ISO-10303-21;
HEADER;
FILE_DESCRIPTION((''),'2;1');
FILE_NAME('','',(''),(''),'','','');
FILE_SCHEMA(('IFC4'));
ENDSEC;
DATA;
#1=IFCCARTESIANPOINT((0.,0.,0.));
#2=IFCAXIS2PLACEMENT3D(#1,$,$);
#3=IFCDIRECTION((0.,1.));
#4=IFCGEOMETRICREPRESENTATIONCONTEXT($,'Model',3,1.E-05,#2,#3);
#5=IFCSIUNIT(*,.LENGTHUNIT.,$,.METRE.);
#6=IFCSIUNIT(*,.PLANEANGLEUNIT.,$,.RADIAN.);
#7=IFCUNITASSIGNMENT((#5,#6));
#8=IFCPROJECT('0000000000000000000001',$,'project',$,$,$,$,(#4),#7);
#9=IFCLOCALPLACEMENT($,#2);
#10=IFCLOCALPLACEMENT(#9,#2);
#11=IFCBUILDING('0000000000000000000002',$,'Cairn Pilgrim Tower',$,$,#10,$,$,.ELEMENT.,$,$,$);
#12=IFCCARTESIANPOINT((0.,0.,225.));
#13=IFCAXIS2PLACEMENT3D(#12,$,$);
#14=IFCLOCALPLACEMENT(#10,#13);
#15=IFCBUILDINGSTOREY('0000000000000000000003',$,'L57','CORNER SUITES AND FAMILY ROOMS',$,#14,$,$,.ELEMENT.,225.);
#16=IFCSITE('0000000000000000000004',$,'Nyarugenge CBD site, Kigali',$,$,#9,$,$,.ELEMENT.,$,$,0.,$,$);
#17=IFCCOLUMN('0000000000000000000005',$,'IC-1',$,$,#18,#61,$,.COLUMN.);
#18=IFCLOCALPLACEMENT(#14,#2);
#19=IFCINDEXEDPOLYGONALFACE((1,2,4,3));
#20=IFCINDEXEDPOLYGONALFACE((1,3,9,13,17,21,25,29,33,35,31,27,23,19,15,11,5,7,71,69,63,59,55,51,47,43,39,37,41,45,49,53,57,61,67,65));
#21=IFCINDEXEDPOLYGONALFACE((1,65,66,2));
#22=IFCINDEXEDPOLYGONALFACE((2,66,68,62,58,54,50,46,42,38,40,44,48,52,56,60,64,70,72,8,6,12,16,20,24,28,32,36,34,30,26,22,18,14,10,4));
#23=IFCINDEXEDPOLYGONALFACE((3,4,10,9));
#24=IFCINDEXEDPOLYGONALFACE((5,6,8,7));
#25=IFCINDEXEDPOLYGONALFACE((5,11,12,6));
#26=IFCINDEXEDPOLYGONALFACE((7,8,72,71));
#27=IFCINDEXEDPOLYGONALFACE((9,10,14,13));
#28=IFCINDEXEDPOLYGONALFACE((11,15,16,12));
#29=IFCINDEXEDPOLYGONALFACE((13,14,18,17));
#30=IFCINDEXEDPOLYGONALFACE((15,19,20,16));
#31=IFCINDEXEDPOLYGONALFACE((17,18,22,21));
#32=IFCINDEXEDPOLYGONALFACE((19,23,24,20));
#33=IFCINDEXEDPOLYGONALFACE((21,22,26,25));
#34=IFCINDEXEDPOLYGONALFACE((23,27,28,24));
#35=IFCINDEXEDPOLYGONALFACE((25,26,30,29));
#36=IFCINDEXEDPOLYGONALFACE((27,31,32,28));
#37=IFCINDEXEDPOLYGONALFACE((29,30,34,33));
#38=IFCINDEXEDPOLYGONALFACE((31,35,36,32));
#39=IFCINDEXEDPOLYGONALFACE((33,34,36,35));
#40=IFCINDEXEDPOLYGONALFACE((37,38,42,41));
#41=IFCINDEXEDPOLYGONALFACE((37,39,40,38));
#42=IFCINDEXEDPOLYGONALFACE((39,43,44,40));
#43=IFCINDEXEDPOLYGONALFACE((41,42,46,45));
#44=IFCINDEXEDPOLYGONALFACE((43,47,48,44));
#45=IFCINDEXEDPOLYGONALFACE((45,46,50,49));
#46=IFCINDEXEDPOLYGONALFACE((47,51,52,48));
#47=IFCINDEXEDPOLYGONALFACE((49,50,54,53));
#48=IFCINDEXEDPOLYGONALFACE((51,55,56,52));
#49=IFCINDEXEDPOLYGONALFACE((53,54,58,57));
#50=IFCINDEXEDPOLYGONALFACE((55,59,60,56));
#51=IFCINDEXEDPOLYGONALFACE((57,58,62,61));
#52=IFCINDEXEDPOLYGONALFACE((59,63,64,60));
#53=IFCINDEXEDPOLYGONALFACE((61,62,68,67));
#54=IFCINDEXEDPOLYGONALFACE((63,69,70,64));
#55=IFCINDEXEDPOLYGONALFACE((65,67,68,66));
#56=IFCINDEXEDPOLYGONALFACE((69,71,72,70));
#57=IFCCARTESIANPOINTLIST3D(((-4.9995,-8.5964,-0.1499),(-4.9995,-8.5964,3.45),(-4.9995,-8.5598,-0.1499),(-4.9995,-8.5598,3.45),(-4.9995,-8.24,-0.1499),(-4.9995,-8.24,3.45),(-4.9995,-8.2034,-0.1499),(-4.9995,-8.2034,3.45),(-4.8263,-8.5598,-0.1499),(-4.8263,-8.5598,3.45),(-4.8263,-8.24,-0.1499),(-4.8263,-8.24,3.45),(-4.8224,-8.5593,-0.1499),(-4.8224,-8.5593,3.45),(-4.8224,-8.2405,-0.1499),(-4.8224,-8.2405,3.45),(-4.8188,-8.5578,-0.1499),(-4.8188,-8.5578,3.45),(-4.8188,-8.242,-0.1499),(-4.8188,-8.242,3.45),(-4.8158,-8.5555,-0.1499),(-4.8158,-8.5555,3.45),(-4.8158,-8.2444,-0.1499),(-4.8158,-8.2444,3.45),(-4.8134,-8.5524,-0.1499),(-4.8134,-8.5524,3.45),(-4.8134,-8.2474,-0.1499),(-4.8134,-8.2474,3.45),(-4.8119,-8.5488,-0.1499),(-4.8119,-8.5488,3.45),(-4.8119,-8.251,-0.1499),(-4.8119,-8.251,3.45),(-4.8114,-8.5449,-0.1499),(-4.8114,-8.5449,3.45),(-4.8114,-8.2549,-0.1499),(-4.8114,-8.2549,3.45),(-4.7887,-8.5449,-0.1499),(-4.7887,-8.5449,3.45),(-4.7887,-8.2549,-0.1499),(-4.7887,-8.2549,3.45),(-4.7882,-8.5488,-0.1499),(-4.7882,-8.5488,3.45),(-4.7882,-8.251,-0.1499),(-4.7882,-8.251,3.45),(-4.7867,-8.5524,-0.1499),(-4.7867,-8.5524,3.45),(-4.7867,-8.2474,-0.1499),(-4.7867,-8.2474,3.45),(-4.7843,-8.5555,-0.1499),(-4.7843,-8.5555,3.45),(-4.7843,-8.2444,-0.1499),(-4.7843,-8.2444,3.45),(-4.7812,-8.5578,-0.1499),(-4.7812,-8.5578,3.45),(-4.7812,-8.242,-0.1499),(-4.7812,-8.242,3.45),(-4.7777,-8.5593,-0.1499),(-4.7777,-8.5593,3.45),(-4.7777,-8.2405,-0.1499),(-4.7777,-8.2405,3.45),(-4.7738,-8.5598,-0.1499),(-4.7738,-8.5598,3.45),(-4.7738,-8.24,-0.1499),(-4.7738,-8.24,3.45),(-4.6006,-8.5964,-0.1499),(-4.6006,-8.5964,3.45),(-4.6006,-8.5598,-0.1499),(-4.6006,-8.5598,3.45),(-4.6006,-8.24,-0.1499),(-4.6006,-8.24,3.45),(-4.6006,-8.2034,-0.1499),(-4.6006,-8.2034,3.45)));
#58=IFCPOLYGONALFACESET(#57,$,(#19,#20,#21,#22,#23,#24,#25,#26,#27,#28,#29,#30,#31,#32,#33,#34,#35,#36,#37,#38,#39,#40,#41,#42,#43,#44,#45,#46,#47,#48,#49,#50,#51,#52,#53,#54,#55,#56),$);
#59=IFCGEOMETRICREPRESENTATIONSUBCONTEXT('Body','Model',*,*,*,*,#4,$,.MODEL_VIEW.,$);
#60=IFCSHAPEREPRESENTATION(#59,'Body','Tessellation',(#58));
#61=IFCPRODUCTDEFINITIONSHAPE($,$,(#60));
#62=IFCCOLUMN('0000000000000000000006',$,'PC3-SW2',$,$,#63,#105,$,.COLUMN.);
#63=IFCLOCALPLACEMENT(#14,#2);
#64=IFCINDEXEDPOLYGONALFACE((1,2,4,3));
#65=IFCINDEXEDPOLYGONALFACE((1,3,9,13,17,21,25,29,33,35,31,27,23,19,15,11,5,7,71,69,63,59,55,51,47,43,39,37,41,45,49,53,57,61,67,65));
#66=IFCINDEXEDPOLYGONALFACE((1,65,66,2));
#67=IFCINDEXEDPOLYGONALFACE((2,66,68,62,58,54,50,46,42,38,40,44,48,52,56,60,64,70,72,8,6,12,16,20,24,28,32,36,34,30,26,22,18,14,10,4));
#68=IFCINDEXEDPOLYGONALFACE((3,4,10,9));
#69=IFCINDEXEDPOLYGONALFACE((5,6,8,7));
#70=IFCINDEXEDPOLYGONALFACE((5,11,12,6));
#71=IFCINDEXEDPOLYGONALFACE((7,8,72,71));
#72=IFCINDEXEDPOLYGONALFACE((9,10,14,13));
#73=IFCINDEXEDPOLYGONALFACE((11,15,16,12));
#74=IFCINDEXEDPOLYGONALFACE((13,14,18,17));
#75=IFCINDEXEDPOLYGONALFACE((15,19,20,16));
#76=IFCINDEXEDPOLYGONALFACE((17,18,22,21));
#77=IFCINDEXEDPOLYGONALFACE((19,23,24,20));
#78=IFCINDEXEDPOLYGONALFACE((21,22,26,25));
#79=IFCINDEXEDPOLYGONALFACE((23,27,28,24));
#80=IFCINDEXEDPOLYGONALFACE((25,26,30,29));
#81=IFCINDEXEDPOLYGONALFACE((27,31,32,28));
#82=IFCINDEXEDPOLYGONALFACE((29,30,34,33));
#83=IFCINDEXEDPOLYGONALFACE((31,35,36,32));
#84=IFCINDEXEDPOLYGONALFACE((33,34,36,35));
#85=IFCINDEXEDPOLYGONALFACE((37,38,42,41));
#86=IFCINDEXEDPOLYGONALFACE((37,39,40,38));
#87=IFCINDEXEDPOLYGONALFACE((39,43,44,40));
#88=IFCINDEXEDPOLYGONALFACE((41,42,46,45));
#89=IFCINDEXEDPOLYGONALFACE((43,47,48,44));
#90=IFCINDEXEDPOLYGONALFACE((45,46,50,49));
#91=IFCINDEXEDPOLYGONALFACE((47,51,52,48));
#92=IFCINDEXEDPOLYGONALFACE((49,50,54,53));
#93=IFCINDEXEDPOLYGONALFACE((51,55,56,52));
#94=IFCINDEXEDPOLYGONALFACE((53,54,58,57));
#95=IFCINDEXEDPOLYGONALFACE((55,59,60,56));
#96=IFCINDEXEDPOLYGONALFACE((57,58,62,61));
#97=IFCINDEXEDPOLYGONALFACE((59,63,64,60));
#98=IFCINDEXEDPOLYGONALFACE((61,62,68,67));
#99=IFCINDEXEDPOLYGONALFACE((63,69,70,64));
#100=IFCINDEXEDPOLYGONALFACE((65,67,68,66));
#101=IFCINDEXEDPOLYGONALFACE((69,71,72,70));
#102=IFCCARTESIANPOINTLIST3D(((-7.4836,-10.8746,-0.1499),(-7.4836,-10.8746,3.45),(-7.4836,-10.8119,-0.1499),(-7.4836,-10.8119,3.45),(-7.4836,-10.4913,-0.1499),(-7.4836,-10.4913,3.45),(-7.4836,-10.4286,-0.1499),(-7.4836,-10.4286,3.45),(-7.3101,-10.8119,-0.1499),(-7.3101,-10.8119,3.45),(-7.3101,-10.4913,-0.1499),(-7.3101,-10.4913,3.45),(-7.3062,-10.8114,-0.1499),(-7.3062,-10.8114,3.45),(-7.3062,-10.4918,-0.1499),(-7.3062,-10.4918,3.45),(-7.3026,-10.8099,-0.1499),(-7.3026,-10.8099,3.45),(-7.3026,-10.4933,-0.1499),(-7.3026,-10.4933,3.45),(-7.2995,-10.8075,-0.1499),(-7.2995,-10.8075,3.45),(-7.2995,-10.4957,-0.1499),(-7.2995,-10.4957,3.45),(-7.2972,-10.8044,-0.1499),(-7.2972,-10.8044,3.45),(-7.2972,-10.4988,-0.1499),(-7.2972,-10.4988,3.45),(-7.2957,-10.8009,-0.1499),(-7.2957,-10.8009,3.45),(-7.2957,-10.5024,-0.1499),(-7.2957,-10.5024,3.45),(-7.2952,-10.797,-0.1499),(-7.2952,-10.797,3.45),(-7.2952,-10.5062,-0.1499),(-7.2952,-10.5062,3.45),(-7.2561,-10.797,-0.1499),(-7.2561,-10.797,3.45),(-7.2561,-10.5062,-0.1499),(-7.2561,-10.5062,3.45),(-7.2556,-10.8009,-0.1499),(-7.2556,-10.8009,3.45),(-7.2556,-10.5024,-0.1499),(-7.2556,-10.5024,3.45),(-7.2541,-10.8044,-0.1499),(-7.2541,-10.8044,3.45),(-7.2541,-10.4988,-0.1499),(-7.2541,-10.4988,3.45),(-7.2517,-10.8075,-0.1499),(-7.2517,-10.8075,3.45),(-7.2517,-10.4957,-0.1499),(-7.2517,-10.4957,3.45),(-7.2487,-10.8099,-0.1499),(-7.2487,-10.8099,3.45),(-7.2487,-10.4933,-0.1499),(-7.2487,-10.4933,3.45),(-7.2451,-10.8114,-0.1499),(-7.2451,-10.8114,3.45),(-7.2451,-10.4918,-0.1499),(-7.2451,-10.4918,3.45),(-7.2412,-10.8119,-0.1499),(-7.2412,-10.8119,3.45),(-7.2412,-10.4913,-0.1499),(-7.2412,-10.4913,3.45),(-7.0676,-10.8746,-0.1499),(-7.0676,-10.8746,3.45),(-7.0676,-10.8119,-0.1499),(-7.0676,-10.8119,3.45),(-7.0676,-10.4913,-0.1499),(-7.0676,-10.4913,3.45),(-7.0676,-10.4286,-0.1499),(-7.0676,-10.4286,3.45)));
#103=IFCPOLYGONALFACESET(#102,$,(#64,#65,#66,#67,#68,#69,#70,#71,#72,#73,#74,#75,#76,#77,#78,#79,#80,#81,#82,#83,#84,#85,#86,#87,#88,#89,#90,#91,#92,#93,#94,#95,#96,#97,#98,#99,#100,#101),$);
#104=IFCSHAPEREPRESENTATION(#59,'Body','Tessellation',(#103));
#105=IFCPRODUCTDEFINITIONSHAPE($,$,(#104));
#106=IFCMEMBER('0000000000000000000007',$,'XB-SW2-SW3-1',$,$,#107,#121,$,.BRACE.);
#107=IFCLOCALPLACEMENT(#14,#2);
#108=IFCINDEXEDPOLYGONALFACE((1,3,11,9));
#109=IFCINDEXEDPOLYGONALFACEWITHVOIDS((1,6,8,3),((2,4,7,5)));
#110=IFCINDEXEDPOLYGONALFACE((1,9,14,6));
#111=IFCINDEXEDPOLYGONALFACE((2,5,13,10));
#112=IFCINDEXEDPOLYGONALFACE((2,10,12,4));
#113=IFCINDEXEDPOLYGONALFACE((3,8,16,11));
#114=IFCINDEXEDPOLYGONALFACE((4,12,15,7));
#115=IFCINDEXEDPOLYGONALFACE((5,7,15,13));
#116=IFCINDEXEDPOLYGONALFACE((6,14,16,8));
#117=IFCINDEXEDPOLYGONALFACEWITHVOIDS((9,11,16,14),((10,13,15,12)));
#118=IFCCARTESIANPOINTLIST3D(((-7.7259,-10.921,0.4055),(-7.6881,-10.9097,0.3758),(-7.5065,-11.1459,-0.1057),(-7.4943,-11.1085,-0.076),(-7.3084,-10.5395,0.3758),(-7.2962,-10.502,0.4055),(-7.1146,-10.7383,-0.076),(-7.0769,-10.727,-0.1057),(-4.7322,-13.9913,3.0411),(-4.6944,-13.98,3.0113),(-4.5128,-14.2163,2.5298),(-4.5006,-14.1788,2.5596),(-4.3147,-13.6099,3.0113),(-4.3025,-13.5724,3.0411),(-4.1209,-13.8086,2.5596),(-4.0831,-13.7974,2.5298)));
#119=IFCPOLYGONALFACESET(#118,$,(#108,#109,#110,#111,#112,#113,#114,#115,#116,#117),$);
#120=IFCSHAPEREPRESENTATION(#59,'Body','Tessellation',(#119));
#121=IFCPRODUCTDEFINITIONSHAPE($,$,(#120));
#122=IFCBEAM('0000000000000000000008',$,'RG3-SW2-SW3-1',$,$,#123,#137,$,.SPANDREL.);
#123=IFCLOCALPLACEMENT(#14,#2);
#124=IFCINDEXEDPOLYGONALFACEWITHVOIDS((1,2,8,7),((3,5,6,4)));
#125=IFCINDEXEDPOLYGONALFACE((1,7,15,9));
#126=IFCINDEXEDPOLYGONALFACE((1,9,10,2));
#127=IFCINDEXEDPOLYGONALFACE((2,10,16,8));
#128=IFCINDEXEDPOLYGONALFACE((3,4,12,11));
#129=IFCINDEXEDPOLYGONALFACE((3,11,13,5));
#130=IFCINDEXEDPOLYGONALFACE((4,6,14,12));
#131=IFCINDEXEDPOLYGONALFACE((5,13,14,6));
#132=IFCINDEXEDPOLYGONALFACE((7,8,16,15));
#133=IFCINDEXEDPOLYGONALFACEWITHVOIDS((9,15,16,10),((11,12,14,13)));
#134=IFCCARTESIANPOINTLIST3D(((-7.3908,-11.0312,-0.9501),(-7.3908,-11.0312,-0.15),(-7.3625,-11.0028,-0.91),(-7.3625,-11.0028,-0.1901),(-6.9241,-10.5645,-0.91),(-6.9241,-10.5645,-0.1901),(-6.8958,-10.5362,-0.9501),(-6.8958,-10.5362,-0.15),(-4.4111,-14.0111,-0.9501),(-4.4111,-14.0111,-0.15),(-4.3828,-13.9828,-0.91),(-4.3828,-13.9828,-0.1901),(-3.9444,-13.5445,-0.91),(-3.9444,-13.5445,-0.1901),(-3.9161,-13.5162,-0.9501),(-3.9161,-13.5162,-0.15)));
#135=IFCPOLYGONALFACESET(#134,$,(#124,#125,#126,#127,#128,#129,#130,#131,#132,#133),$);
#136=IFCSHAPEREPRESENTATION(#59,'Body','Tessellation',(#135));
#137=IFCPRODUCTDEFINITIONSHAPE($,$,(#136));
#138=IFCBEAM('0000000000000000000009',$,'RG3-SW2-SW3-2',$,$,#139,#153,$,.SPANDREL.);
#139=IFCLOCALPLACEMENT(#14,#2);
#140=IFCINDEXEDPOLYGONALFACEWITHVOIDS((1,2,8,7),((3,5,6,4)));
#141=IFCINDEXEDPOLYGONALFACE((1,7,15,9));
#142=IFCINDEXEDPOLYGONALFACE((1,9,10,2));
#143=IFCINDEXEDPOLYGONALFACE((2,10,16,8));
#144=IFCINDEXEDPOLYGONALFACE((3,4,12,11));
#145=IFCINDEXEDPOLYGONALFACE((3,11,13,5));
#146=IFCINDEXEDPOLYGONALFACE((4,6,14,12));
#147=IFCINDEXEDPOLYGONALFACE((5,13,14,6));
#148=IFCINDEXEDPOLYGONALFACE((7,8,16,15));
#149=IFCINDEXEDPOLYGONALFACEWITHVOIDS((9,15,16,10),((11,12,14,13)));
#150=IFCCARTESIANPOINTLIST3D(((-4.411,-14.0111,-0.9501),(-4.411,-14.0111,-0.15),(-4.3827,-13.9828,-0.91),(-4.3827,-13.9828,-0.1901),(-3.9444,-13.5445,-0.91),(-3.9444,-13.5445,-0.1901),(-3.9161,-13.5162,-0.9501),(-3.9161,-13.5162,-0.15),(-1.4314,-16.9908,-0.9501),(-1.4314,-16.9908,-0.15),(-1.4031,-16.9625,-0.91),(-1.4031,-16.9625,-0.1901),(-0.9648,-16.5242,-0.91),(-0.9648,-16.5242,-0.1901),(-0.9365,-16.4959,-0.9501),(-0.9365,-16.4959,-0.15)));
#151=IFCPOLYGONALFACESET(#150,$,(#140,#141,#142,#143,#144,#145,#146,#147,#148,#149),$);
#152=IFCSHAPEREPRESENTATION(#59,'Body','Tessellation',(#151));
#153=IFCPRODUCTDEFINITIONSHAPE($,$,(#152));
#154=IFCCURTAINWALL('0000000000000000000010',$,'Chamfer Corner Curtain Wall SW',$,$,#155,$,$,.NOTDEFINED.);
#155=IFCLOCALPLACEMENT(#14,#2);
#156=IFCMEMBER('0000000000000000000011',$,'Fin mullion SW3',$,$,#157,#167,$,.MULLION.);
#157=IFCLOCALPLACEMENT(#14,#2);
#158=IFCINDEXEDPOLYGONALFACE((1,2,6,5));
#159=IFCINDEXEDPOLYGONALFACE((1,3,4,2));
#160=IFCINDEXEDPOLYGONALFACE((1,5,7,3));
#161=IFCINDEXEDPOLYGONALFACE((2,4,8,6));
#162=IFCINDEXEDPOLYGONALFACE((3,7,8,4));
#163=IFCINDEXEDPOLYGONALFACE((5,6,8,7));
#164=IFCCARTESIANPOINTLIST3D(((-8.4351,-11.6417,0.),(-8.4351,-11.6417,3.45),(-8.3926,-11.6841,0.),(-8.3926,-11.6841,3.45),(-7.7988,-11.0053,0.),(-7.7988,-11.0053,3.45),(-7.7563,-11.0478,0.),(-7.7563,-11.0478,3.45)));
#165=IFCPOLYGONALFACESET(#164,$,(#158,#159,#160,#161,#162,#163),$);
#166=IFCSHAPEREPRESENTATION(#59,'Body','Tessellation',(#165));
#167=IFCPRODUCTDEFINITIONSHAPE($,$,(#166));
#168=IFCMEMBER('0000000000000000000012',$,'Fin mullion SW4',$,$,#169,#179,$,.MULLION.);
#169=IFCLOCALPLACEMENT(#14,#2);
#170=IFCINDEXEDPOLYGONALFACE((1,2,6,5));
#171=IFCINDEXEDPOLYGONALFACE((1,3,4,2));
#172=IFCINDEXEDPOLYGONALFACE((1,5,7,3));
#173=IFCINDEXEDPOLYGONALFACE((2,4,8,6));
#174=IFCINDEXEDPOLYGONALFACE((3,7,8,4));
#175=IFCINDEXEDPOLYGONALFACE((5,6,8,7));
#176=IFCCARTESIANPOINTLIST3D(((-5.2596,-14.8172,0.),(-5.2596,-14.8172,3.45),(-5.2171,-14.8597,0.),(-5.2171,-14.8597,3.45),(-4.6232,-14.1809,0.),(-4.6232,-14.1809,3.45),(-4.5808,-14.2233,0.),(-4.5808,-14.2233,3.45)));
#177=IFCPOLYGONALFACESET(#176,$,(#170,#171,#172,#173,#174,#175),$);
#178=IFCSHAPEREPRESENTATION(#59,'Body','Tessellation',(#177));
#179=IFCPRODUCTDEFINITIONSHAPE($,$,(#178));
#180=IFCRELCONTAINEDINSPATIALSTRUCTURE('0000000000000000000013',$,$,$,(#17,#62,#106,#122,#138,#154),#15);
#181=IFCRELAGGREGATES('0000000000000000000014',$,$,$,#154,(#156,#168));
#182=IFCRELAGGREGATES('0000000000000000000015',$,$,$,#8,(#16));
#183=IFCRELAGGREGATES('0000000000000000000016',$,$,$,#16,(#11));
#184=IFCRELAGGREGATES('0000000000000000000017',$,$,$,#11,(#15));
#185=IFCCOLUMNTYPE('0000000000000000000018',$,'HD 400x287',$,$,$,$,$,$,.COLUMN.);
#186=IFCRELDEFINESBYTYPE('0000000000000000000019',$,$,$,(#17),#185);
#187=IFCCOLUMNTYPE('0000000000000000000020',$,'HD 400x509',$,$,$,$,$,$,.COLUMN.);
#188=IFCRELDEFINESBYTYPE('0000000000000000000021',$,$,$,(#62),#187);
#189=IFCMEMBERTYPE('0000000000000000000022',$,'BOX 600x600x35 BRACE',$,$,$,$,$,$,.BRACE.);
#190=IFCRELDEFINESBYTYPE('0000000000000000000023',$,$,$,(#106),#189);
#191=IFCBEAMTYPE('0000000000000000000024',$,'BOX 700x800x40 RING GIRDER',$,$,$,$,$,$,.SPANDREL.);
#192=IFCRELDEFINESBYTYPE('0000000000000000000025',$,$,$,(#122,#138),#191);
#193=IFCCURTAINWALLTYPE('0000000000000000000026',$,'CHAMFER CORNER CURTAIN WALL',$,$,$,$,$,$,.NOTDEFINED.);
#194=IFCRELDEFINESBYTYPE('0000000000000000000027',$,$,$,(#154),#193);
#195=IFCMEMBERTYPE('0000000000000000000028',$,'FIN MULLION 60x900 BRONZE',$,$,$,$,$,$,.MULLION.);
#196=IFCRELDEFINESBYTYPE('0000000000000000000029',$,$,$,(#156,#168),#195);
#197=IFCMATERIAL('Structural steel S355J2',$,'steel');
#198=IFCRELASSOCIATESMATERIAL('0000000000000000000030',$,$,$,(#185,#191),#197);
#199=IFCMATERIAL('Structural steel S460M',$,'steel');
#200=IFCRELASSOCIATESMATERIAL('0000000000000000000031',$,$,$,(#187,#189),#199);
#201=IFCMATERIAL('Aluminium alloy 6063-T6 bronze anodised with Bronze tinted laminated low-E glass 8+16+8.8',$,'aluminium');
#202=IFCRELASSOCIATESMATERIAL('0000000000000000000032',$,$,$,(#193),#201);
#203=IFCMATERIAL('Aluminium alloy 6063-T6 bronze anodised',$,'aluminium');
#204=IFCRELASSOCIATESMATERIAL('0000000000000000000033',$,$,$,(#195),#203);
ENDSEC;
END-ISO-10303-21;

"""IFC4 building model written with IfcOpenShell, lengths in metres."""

from ifc_helpers import new_model, si_unit, direction, frame, origin, origin_2d, place, context, subcontext, project, spatial, rectangle, hollow_rectangle, i_section, extrude, material, material_profile, profile_set, type_object, element, aggregate, save


model = new_model("IFC4")

# Units and contexts
model_context = context("Model", 3, precision=1e-05, world=origin(), true_north=direction((0.0, 1.0)))
body_context = subcontext(model_context, "Body", "Model", "MODEL_VIEW")
ifc_project = project(units=[si_unit("LENGTHUNIT", "METRE"), si_unit("PLANEANGLEUNIT", "RADIAN")], contexts=[model_context])

# Site, building, storey
site_placement = place(None, origin())
site = spatial("IfcSite", under=ifc_project, at=site_placement, Name="Nyarugenge CBD site, Kigali", CompositionType="ELEMENT", RefElevation=0.0)
building_placement = place(site_placement, origin())
building = spatial("IfcBuilding", under=site, at=building_placement, Name="Cairn Pilgrim Tower", CompositionType="ELEMENT")
storey_placement = place(building_placement, frame((0.0, 0.0, 225.0)))
storey = spatial("IfcBuildingStorey", under=building, at=storey_placement, Name="L57", Description="CORNER SUITES AND FAMILY ROOMS", CompositionType="ELEMENT", Elevation=225.0)

# Columns
ifc_material_1 = material(Name="Structural steel S355J2", Category="steel")
ifc_material_profile_1 = material_profile(ifc_material_1, i_section(OverallWidth=0.3989, OverallDepth=0.3931, WebThickness=0.0227, FlangeThickness=0.0366, FilletRadius=0.0149, at=origin_2d()), Name="HD 400x287")
ifc_profile_set_1 = profile_set([ifc_material_profile_1], Name="Structural steel S355J2")
column_type_1 = type_object("IfcColumnType", Name="HD 400x287", PredefinedType="COLUMN", material=ifc_profile_set_1)
column_1_placement = place(storey_placement, frame((-4.8, -8.3999, -0.1499), z_axis=(0.0, 0.0, 1.0), x_axis=(1.0, 0.0, 0.0)))
element("IfcColumn", 1, at=column_1_placement, inside=storey, type_object=column_type_1, Name="IC-1", PredefinedType="COLUMN", context=body_context, shape_type="SweptSolid", body=[
    extrude(i_section(OverallWidth=0.3989, OverallDepth=0.3931, WebThickness=0.0227, FlangeThickness=0.0366, FilletRadius=0.0149, at=origin_2d()), origin(), (0.0, 0.0, 1.0), 3.5999),
])
ifc_material_2 = material(Name="Structural steel S460M", Category="steel")
ifc_material_profile_2 = material_profile(ifc_material_2, i_section(OverallWidth=0.416, OverallDepth=0.446, WebThickness=0.0391, FlangeThickness=0.0627, FilletRadius=0.0149, at=origin_2d()), Name="HD 400x509")
ifc_profile_set_2 = profile_set([ifc_material_profile_2], Name="Structural steel S460M")
column_type_2 = type_object("IfcColumnType", Name="HD 400x509", PredefinedType="COLUMN", material=ifc_profile_set_2)
column_2_placement = place(storey_placement, frame((-7.2756, -10.6516, -0.1499), z_axis=(0.0, 0.0, 1.0), x_axis=(1.0, 0.0, 0.0)))
element("IfcColumn", 2, at=column_2_placement, inside=storey, type_object=column_type_2, Name="PC3-SW2", PredefinedType="COLUMN", context=body_context, shape_type="SweptSolid", body=[
    extrude(i_section(OverallWidth=0.416, OverallDepth=0.446, WebThickness=0.0391, FlangeThickness=0.0627, FilletRadius=0.0149, at=origin_2d()), origin(), (0.0, 0.0, 1.0), 3.5999),
])

# Member
ifc_material_profile_3 = material_profile(ifc_material_2, hollow_rectangle(XDim=0.6001, YDim=0.6001, WallThickness=0.0349, at=origin_2d()), Name="BOX 600x600x35")
ifc_profile_set_3 = profile_set([ifc_material_profile_3], Name="Structural steel S460M")
member_type_1 = type_object("IfcMemberType", Name="BOX 600x600x35 BRACE", PredefinedType="BRACE", material=ifc_profile_set_3)
member_1_placement = place(storey_placement, frame((-7.4014, -10.824, 0.1499), z_axis=(0.594763, -0.609994, 0.523607), x_axis=(0.715989, 0.698112, 0.0)))
element("IfcMember", 3, at=member_1_placement, inside=storey, type_object=member_type_1, Name="XB-SW2-SW3-1", PredefinedType="BRACE", context=body_context, shape_type="SweptSolid", body=[
    extrude(hollow_rectangle(XDim=0.6001, YDim=0.6001, WallThickness=0.0349, at=origin_2d()), origin(), (0.0, 0.0, 1.0), 5.0334),
])

# Beams
ifc_material_profile_4 = material_profile(ifc_material_1, hollow_rectangle(XDim=0.7, YDim=0.8, WallThickness=0.04, at=origin_2d()), Name="BOX 700x800x40")
ifc_profile_set_4 = profile_set([ifc_material_profile_4], Name="Structural steel S355J2")
beam_type_1 = type_object("IfcBeamType", Name="BOX 700x800x40 RING GIRDER", PredefinedType="SPANDREL", material=ifc_profile_set_4)
beam_1_placement = place(storey_placement, frame((-7.1433, -10.7837, -0.55), z_axis=(0.707078, -0.707136, 0.0), x_axis=(0.707136, 0.707078, 0.0)))
element("IfcBeam", 4, at=beam_1_placement, inside=storey, type_object=beam_type_1, Name="RG3-SW2-SW3-1", PredefinedType="SPANDREL", context=body_context, shape_type="SweptSolid", body=[
    extrude(hollow_rectangle(XDim=0.7, YDim=0.8, WallThickness=0.04, at=origin_2d()), origin(), (0.0, 0.0, 1.0), 4.2141),
])
beam_2_placement = place(storey_placement, frame((-4.1636, -13.7637, -0.55), z_axis=(0.707107, -0.707107, 0.0), x_axis=(0.707107, 0.707107, 0.0)))
element("IfcBeam", 5, at=beam_2_placement, inside=storey, type_object=beam_type_1, Name="RG3-SW2-SW3-2", PredefinedType="SPANDREL", context=body_context, shape_type="SweptSolid", body=[
    extrude(hollow_rectangle(XDim=0.7, YDim=0.8, WallThickness=0.04, at=origin_2d()), origin(), (0.0, 0.0, 1.0), 4.2139),
])

# Curtain wall, members
ifc_material_3 = material(Name="Aluminium alloy 6063-T6 bronze anodised with Bronze tinted laminated low-E glass 8+16+8.8", Category="aluminium")
curtain_wall_type = type_object("IfcCurtainWallType", Name="CHAMFER CORNER CURTAIN WALL", PredefinedType="NOTDEFINED", material=ifc_material_3)
curtain_wall_placement = place(storey_placement, origin())
curtain_wall = element("IfcCurtainWall", 6, at=curtain_wall_placement, inside=storey, type_object=curtain_wall_type, Name="Chamfer Corner Curtain Wall SW", PredefinedType="NOTDEFINED")
ifc_material_4 = material(Name="Aluminium alloy 6063-T6 bronze anodised", Category="aluminium")
ifc_material_profile_5 = material_profile(ifc_material_4, rectangle(XDim=0.8999, YDim=0.0601, at=origin_2d()), Name="FIN MULLION 60x900 BRONZE")
ifc_profile_set_5 = profile_set([ifc_material_profile_5], Name="Aluminium alloy 6063-T6 bronze anodised")
member_type_2 = type_object("IfcMemberType", Name="FIN MULLION 60x900 BRONZE", PredefinedType="MULLION", material=ifc_profile_set_5)
member_2_placement = place(storey_placement, frame((-8.0957, -11.3447, 0.0), z_axis=(0.0, 0.0, 1.0), x_axis=(-0.707107, -0.707107, 0.0)))
member_2 = element("IfcMember", 7, at=member_2_placement, type_object=member_type_2, Name="Fin mullion SW3", PredefinedType="MULLION", context=body_context, shape_type="SweptSolid", body=[
    extrude(rectangle(XDim=0.8999, YDim=0.0601, at=origin_2d()), origin(), (0.0, 0.0, 1.0), 3.45),
])
member_3_placement = place(storey_placement, frame((-4.9202, -14.5203, 0.0), z_axis=(0.0, 0.0, 1.0), x_axis=(-0.707107, -0.707107, 0.0)))
member_3 = element("IfcMember", 8, at=member_3_placement, type_object=member_type_2, Name="Fin mullion SW4", PredefinedType="MULLION", context=body_context, shape_type="SweptSolid", body=[
    extrude(rectangle(XDim=0.8999, YDim=0.0601, at=origin_2d()), origin(), (0.0, 0.0, 1.0), 3.45),
])

aggregate(curtain_wall, [member_2, member_3])

save(model, "model.ifc")
